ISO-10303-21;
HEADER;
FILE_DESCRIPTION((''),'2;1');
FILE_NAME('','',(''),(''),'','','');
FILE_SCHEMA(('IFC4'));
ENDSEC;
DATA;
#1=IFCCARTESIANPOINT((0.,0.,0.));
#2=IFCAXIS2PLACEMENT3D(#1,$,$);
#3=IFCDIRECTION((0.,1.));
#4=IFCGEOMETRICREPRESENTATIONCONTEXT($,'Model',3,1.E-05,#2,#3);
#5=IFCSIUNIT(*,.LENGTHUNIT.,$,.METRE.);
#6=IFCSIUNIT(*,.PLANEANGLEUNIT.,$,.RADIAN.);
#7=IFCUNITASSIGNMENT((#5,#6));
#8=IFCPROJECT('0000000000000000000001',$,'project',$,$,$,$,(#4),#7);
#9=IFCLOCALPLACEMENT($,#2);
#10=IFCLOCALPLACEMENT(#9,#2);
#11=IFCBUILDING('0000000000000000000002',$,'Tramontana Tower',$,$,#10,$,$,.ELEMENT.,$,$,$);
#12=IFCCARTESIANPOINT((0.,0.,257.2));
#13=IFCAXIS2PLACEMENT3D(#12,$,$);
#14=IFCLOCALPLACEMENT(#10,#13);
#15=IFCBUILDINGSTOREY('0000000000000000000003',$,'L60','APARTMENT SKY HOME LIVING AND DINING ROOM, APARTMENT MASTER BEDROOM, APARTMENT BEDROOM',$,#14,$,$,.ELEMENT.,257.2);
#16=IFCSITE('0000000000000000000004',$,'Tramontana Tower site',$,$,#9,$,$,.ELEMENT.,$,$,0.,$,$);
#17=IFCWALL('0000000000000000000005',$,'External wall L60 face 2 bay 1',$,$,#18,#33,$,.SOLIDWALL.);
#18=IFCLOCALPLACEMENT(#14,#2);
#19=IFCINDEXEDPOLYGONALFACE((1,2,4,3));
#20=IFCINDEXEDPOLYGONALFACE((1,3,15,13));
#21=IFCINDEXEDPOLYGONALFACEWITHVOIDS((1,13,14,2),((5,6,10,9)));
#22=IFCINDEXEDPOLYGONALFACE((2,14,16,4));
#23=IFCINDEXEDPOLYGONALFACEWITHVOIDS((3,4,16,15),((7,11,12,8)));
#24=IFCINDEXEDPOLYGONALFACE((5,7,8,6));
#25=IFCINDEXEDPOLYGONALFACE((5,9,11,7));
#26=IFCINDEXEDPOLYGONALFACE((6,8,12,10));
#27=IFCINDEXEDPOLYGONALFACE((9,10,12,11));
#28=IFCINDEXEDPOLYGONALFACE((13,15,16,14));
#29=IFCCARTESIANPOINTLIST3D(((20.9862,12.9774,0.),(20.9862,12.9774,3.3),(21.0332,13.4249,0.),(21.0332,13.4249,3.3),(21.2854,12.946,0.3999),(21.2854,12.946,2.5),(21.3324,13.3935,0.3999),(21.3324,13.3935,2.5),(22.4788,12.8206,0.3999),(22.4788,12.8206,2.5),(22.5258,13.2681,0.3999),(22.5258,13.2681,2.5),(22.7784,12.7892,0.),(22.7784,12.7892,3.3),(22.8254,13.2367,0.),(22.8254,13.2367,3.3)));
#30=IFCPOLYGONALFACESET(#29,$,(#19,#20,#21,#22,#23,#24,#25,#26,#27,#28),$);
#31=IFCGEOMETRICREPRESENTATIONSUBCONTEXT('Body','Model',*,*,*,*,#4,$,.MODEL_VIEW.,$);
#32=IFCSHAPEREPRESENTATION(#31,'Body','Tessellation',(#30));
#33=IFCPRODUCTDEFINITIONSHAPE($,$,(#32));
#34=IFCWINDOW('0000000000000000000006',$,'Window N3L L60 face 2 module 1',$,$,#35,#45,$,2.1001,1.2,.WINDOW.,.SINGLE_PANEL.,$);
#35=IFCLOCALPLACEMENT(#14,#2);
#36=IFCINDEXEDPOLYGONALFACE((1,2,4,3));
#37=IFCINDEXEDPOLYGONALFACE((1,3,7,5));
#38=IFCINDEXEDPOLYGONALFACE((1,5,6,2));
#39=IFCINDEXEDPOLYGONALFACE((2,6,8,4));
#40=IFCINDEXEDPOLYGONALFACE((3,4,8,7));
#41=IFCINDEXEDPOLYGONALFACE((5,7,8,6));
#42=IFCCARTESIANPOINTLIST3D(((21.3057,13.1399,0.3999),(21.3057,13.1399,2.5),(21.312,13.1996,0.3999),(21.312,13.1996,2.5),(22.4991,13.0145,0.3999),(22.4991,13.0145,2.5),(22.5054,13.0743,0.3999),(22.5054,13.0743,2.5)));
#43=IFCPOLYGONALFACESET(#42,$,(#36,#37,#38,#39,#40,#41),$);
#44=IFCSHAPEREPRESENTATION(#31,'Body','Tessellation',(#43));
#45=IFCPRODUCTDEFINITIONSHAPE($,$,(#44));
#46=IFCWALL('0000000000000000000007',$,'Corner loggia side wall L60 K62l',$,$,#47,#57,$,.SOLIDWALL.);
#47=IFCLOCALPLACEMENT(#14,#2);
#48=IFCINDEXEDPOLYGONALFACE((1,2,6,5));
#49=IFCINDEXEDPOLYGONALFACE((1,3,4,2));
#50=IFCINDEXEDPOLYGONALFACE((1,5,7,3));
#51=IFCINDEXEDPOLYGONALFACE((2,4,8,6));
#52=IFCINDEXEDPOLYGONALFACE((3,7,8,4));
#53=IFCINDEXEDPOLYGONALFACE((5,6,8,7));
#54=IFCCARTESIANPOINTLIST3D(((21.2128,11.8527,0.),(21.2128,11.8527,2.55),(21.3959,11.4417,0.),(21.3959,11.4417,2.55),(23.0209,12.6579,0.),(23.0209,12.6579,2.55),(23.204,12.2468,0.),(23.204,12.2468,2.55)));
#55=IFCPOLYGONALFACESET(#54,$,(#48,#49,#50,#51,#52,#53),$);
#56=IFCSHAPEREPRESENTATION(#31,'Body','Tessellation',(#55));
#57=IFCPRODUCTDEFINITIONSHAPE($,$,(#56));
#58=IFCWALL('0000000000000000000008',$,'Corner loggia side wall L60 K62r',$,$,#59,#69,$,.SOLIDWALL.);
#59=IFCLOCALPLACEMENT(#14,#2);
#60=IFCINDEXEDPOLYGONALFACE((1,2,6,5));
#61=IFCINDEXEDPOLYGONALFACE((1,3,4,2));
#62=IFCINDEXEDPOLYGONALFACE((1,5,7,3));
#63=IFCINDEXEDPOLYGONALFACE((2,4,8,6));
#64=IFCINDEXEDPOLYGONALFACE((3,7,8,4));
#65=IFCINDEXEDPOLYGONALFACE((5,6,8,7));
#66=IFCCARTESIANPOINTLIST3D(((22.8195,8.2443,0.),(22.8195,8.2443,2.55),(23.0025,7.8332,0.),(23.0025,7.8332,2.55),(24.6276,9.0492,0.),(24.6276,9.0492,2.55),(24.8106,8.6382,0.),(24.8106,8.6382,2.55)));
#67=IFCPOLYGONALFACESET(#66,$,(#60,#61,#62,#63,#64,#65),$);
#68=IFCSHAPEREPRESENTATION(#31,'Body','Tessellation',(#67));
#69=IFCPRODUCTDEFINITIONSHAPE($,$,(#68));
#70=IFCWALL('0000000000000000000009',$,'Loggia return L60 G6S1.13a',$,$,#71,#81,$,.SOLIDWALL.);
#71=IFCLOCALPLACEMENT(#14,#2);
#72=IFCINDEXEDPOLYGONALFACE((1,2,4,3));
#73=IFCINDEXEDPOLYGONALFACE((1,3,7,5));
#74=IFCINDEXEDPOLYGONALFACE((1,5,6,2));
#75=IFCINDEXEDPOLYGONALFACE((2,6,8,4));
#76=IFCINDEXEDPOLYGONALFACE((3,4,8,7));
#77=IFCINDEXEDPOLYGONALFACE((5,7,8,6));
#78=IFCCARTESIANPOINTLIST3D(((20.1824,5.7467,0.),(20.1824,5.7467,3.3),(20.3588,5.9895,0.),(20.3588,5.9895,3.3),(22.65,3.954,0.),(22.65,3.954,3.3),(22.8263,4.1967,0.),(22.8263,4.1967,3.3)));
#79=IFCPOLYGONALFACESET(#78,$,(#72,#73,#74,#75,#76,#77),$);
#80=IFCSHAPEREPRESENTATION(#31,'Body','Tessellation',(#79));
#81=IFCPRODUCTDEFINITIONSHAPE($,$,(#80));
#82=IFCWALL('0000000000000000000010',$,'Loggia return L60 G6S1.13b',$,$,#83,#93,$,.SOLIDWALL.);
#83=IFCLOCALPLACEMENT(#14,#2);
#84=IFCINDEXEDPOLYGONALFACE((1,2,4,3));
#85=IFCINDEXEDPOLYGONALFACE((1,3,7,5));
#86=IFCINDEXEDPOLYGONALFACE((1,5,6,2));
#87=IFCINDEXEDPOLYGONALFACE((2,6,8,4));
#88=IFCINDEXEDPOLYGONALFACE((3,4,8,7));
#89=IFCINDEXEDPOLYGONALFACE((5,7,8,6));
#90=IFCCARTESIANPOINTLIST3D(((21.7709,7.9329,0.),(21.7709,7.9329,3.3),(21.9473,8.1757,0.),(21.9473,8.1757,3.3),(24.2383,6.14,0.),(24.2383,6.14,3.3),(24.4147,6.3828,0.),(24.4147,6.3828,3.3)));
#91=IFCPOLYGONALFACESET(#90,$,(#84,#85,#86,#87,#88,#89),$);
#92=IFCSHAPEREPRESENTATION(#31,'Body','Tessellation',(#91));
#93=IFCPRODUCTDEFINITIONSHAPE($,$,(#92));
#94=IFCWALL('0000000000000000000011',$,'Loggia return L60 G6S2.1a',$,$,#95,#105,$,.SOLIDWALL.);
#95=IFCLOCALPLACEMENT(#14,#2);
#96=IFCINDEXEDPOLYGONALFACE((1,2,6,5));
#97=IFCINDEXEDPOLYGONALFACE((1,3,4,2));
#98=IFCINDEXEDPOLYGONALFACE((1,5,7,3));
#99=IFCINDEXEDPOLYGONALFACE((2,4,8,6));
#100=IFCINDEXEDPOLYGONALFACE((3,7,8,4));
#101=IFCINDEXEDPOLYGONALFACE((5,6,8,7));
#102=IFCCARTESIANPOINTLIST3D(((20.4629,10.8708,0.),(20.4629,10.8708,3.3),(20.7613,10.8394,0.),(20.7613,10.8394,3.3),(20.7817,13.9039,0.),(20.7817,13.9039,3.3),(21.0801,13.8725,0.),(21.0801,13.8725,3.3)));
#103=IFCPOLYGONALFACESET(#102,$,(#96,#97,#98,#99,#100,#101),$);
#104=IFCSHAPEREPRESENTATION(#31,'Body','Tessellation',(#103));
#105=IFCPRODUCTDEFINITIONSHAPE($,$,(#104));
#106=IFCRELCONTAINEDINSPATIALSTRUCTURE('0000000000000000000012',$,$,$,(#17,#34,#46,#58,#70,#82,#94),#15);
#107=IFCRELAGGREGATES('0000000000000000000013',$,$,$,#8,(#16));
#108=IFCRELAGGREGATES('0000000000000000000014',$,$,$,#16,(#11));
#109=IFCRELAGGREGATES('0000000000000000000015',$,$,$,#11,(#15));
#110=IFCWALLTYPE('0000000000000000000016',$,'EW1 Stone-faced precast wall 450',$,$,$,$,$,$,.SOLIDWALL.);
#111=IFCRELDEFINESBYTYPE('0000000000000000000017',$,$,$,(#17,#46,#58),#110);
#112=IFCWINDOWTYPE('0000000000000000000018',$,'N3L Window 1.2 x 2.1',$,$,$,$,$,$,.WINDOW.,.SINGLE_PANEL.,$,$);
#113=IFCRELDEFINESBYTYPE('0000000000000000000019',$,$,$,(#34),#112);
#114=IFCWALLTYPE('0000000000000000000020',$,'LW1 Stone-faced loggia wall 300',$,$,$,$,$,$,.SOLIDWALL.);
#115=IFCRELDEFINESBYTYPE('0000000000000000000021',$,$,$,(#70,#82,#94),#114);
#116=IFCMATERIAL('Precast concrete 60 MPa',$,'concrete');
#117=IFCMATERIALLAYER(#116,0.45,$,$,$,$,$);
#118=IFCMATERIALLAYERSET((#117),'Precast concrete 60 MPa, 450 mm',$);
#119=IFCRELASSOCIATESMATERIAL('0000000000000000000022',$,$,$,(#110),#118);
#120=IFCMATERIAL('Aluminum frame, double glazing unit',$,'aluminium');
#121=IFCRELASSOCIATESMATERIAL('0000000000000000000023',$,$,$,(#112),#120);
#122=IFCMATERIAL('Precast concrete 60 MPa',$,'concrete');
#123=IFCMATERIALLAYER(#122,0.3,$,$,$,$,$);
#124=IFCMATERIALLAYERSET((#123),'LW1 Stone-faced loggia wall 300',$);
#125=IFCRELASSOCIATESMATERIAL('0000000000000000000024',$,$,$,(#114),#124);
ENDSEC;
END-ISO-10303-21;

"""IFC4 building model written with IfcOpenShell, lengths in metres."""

from ifc_helpers import new_model, si_unit, direction, frame, frame_2d, origin, place, context, subcontext, project, spatial, rectangle, extrude, material, layer, layer_set, type_object, element, fill, save


model = new_model("IFC4")

# Units and contexts
model_context = context("Model", 3, precision=1e-05, world=origin(), true_north=direction((0.0, 1.0)))
body_context = subcontext(model_context, "Body", "Model", "MODEL_VIEW")
ifc_project = project(units=[si_unit("LENGTHUNIT", "METRE"), si_unit("PLANEANGLEUNIT", "RADIAN")], contexts=[model_context])

# Site, building, storey
site_placement = place(None, origin())
site = spatial("IfcSite", under=ifc_project, at=site_placement, Name="Tramontana Tower site", CompositionType="ELEMENT", RefElevation=0.0)
building_placement = place(site_placement, origin())
building = spatial("IfcBuilding", under=site, at=building_placement, Name="Tramontana Tower", CompositionType="ELEMENT")
storey_placement = place(building_placement, frame((0.0, 0.0, 257.2)))
storey = spatial("IfcBuildingStorey", under=building, at=storey_placement, Name="L60", Description="APARTMENT SKY HOME LIVING AND DINING ROOM, APARTMENT MASTER BEDROOM, APARTMENT BEDROOM", CompositionType="ELEMENT", Elevation=257.2)

# Wall, opening, window
ifc_material_1 = material(Name="Precast concrete 60 MPa", Category="concrete")
ifc_layer_1 = layer(ifc_material_1, 0.45)
ifc_layer_set_1 = layer_set([ifc_layer_1], Name="Precast concrete 60 MPa, 450 mm")
wall_type_1 = type_object("IfcWallType", Name="EW1 Stone-faced precast wall 450", PredefinedType="SOLIDWALL", material=ifc_layer_set_1)
ifc_material_2 = material(Name="Aluminum frame, double glazing unit", Category="aluminium")
window_type_1 = type_object("IfcWindowType", Name="N3L Window 1.2 x 2.1", PartitioningType="SINGLE_PANEL", PredefinedType="WINDOW", material=ifc_material_2)
wall_1_placement = place(storey_placement, frame((22.8018, 13.0129, 0.0), z_axis=(0.0, 0.0, 1.0), x_axis=(-0.99453, 0.104452, 0.0)))
wall_1 = element("IfcWall", 1, at=wall_1_placement, inside=storey, type_object=wall_type_1, Name="External wall L60 face 2 bay 1", PredefinedType="SOLIDWALL", context=body_context, shape_type="SweptSolid", body=[
    extrude(rectangle(XDim=1.802, YDim=0.45, at=frame_2d((0.9009, 0.0))), origin(), (0.0, 0.0, 1.0), 3.3),
])
opening_1_placement = place(wall_1_placement, frame((0.301, 0.0, 0.3999)))
opening_1 = element("IfcOpeningElement", 2, at=opening_1_placement, cuts=wall_1, PredefinedType="OPENING", context=body_context, shape_type="SweptSolid", body=[
    extrude(rectangle(XDim=1.2, YDim=2.1001, at=frame_2d((0.6001, 1.05))), frame((0.0, 0.2349, 0.0), z_axis=(0.0, -1.0, 0.0), x_axis=(1.0, 0.0, 0.0)), (0.0, 0.0, 1.0), 0.47),
])
window_1_placement = place(opening_1_placement, origin())
window_1 = element("IfcWindow", 3, at=window_1_placement, inside=storey, type_object=window_type_1, Name="Window N3L L60 face 2 module 1", OverallHeight=2.1001, OverallWidth=1.2, PartitioningType="SINGLE_PANEL", PredefinedType="WINDOW", context=body_context, shape_type="SweptSolid", body=[
    extrude(rectangle(XDim=1.2, YDim=2.1001, at=frame_2d((0.6001, 1.05))), frame((0.0, 0.03, 0.0), z_axis=(0.0, -1.0, 0.0), x_axis=(1.0, 0.0, 0.0)), (0.0, 0.0, 1.0), 0.0601),
])
fill(opening_1, window_1)

# Walls
for number, where, z_axis, x_axis, name in (
    (4, (23.1125, 12.4524, 0.0), (0.0, 0.0, 1.0), (-0.913516, -0.406802, 0.0), "Corner loggia side wall L60 K62l"),
    (5, (24.7192, 8.8438, 0.0), (0.0, 0.0, 1.0), (-0.913562, -0.406699, 0.0), "Corner loggia side wall L60 K62r"),
):
    element("IfcWall", number, at=place(storey_placement, frame(where, z_axis=z_axis, x_axis=x_axis)), inside=storey, type_object=wall_type_1, Name=name, PredefinedType="SOLIDWALL", context=body_context, shape_type="SweptSolid", body=[
        extrude(rectangle(XDim=1.9792, YDim=0.45, at=frame_2d((0.9897, 0.0))), origin(), (0.0, 0.0, 1.0), 2.55),
    ])

# Walls
ifc_material_3 = material(Name="Precast concrete 60 MPa", Category="concrete")
ifc_layer_2 = layer(ifc_material_3, 0.3)
ifc_layer_set_2 = layer_set([ifc_layer_2], Name="LW1 Stone-faced loggia wall 300")
wall_type_2 = type_object("IfcWallType", Name="LW1 Stone-faced loggia wall 300", PredefinedType="SOLIDWALL", material=ifc_layer_set_2)
for number, where, z_axis, x_axis, name in (
    (6, (22.738, 4.0754, 0.0), (0.0, 0.0, 1.0), (-0.809023, 0.587777, 0.0), "Loggia return L60 G6S1.13a"),
    (7, (24.3264, 6.2615, 0.0), (0.0, 0.0, 1.0), (-0.808985, 0.587829, 0.0), "Loggia return L60 G6S1.13b"),
):
    element("IfcWall", number, at=place(storey_placement, frame(where, z_axis=z_axis, x_axis=x_axis)), inside=storey, type_object=wall_type_2, Name=name, PredefinedType="SOLIDWALL", context=body_context, shape_type="SweptSolid", body=[
        extrude(rectangle(XDim=3.05, YDim=0.3, at=frame_2d((1.5249, 0.0))), origin(), (0.0, 0.0, 1.0), 3.3),
    ])
wall_2_placement = place(storey_placement, frame((20.9309, 13.8882, 0.0), z_axis=(0.0, 0.0, 1.0), x_axis=(-0.104543, -0.99452, 0.0)))
element("IfcWall", 8, at=wall_2_placement, inside=storey, type_object=wall_type_2, Name="Loggia return L60 G6S2.1a", PredefinedType="SOLIDWALL", context=body_context, shape_type="SweptSolid", body=[
    extrude(rectangle(XDim=3.0498, YDim=0.3, at=frame_2d((1.5249, 0.0))), origin(), (0.0, 0.0, 1.0), 3.3),
])

save(model, "model.ifc")
